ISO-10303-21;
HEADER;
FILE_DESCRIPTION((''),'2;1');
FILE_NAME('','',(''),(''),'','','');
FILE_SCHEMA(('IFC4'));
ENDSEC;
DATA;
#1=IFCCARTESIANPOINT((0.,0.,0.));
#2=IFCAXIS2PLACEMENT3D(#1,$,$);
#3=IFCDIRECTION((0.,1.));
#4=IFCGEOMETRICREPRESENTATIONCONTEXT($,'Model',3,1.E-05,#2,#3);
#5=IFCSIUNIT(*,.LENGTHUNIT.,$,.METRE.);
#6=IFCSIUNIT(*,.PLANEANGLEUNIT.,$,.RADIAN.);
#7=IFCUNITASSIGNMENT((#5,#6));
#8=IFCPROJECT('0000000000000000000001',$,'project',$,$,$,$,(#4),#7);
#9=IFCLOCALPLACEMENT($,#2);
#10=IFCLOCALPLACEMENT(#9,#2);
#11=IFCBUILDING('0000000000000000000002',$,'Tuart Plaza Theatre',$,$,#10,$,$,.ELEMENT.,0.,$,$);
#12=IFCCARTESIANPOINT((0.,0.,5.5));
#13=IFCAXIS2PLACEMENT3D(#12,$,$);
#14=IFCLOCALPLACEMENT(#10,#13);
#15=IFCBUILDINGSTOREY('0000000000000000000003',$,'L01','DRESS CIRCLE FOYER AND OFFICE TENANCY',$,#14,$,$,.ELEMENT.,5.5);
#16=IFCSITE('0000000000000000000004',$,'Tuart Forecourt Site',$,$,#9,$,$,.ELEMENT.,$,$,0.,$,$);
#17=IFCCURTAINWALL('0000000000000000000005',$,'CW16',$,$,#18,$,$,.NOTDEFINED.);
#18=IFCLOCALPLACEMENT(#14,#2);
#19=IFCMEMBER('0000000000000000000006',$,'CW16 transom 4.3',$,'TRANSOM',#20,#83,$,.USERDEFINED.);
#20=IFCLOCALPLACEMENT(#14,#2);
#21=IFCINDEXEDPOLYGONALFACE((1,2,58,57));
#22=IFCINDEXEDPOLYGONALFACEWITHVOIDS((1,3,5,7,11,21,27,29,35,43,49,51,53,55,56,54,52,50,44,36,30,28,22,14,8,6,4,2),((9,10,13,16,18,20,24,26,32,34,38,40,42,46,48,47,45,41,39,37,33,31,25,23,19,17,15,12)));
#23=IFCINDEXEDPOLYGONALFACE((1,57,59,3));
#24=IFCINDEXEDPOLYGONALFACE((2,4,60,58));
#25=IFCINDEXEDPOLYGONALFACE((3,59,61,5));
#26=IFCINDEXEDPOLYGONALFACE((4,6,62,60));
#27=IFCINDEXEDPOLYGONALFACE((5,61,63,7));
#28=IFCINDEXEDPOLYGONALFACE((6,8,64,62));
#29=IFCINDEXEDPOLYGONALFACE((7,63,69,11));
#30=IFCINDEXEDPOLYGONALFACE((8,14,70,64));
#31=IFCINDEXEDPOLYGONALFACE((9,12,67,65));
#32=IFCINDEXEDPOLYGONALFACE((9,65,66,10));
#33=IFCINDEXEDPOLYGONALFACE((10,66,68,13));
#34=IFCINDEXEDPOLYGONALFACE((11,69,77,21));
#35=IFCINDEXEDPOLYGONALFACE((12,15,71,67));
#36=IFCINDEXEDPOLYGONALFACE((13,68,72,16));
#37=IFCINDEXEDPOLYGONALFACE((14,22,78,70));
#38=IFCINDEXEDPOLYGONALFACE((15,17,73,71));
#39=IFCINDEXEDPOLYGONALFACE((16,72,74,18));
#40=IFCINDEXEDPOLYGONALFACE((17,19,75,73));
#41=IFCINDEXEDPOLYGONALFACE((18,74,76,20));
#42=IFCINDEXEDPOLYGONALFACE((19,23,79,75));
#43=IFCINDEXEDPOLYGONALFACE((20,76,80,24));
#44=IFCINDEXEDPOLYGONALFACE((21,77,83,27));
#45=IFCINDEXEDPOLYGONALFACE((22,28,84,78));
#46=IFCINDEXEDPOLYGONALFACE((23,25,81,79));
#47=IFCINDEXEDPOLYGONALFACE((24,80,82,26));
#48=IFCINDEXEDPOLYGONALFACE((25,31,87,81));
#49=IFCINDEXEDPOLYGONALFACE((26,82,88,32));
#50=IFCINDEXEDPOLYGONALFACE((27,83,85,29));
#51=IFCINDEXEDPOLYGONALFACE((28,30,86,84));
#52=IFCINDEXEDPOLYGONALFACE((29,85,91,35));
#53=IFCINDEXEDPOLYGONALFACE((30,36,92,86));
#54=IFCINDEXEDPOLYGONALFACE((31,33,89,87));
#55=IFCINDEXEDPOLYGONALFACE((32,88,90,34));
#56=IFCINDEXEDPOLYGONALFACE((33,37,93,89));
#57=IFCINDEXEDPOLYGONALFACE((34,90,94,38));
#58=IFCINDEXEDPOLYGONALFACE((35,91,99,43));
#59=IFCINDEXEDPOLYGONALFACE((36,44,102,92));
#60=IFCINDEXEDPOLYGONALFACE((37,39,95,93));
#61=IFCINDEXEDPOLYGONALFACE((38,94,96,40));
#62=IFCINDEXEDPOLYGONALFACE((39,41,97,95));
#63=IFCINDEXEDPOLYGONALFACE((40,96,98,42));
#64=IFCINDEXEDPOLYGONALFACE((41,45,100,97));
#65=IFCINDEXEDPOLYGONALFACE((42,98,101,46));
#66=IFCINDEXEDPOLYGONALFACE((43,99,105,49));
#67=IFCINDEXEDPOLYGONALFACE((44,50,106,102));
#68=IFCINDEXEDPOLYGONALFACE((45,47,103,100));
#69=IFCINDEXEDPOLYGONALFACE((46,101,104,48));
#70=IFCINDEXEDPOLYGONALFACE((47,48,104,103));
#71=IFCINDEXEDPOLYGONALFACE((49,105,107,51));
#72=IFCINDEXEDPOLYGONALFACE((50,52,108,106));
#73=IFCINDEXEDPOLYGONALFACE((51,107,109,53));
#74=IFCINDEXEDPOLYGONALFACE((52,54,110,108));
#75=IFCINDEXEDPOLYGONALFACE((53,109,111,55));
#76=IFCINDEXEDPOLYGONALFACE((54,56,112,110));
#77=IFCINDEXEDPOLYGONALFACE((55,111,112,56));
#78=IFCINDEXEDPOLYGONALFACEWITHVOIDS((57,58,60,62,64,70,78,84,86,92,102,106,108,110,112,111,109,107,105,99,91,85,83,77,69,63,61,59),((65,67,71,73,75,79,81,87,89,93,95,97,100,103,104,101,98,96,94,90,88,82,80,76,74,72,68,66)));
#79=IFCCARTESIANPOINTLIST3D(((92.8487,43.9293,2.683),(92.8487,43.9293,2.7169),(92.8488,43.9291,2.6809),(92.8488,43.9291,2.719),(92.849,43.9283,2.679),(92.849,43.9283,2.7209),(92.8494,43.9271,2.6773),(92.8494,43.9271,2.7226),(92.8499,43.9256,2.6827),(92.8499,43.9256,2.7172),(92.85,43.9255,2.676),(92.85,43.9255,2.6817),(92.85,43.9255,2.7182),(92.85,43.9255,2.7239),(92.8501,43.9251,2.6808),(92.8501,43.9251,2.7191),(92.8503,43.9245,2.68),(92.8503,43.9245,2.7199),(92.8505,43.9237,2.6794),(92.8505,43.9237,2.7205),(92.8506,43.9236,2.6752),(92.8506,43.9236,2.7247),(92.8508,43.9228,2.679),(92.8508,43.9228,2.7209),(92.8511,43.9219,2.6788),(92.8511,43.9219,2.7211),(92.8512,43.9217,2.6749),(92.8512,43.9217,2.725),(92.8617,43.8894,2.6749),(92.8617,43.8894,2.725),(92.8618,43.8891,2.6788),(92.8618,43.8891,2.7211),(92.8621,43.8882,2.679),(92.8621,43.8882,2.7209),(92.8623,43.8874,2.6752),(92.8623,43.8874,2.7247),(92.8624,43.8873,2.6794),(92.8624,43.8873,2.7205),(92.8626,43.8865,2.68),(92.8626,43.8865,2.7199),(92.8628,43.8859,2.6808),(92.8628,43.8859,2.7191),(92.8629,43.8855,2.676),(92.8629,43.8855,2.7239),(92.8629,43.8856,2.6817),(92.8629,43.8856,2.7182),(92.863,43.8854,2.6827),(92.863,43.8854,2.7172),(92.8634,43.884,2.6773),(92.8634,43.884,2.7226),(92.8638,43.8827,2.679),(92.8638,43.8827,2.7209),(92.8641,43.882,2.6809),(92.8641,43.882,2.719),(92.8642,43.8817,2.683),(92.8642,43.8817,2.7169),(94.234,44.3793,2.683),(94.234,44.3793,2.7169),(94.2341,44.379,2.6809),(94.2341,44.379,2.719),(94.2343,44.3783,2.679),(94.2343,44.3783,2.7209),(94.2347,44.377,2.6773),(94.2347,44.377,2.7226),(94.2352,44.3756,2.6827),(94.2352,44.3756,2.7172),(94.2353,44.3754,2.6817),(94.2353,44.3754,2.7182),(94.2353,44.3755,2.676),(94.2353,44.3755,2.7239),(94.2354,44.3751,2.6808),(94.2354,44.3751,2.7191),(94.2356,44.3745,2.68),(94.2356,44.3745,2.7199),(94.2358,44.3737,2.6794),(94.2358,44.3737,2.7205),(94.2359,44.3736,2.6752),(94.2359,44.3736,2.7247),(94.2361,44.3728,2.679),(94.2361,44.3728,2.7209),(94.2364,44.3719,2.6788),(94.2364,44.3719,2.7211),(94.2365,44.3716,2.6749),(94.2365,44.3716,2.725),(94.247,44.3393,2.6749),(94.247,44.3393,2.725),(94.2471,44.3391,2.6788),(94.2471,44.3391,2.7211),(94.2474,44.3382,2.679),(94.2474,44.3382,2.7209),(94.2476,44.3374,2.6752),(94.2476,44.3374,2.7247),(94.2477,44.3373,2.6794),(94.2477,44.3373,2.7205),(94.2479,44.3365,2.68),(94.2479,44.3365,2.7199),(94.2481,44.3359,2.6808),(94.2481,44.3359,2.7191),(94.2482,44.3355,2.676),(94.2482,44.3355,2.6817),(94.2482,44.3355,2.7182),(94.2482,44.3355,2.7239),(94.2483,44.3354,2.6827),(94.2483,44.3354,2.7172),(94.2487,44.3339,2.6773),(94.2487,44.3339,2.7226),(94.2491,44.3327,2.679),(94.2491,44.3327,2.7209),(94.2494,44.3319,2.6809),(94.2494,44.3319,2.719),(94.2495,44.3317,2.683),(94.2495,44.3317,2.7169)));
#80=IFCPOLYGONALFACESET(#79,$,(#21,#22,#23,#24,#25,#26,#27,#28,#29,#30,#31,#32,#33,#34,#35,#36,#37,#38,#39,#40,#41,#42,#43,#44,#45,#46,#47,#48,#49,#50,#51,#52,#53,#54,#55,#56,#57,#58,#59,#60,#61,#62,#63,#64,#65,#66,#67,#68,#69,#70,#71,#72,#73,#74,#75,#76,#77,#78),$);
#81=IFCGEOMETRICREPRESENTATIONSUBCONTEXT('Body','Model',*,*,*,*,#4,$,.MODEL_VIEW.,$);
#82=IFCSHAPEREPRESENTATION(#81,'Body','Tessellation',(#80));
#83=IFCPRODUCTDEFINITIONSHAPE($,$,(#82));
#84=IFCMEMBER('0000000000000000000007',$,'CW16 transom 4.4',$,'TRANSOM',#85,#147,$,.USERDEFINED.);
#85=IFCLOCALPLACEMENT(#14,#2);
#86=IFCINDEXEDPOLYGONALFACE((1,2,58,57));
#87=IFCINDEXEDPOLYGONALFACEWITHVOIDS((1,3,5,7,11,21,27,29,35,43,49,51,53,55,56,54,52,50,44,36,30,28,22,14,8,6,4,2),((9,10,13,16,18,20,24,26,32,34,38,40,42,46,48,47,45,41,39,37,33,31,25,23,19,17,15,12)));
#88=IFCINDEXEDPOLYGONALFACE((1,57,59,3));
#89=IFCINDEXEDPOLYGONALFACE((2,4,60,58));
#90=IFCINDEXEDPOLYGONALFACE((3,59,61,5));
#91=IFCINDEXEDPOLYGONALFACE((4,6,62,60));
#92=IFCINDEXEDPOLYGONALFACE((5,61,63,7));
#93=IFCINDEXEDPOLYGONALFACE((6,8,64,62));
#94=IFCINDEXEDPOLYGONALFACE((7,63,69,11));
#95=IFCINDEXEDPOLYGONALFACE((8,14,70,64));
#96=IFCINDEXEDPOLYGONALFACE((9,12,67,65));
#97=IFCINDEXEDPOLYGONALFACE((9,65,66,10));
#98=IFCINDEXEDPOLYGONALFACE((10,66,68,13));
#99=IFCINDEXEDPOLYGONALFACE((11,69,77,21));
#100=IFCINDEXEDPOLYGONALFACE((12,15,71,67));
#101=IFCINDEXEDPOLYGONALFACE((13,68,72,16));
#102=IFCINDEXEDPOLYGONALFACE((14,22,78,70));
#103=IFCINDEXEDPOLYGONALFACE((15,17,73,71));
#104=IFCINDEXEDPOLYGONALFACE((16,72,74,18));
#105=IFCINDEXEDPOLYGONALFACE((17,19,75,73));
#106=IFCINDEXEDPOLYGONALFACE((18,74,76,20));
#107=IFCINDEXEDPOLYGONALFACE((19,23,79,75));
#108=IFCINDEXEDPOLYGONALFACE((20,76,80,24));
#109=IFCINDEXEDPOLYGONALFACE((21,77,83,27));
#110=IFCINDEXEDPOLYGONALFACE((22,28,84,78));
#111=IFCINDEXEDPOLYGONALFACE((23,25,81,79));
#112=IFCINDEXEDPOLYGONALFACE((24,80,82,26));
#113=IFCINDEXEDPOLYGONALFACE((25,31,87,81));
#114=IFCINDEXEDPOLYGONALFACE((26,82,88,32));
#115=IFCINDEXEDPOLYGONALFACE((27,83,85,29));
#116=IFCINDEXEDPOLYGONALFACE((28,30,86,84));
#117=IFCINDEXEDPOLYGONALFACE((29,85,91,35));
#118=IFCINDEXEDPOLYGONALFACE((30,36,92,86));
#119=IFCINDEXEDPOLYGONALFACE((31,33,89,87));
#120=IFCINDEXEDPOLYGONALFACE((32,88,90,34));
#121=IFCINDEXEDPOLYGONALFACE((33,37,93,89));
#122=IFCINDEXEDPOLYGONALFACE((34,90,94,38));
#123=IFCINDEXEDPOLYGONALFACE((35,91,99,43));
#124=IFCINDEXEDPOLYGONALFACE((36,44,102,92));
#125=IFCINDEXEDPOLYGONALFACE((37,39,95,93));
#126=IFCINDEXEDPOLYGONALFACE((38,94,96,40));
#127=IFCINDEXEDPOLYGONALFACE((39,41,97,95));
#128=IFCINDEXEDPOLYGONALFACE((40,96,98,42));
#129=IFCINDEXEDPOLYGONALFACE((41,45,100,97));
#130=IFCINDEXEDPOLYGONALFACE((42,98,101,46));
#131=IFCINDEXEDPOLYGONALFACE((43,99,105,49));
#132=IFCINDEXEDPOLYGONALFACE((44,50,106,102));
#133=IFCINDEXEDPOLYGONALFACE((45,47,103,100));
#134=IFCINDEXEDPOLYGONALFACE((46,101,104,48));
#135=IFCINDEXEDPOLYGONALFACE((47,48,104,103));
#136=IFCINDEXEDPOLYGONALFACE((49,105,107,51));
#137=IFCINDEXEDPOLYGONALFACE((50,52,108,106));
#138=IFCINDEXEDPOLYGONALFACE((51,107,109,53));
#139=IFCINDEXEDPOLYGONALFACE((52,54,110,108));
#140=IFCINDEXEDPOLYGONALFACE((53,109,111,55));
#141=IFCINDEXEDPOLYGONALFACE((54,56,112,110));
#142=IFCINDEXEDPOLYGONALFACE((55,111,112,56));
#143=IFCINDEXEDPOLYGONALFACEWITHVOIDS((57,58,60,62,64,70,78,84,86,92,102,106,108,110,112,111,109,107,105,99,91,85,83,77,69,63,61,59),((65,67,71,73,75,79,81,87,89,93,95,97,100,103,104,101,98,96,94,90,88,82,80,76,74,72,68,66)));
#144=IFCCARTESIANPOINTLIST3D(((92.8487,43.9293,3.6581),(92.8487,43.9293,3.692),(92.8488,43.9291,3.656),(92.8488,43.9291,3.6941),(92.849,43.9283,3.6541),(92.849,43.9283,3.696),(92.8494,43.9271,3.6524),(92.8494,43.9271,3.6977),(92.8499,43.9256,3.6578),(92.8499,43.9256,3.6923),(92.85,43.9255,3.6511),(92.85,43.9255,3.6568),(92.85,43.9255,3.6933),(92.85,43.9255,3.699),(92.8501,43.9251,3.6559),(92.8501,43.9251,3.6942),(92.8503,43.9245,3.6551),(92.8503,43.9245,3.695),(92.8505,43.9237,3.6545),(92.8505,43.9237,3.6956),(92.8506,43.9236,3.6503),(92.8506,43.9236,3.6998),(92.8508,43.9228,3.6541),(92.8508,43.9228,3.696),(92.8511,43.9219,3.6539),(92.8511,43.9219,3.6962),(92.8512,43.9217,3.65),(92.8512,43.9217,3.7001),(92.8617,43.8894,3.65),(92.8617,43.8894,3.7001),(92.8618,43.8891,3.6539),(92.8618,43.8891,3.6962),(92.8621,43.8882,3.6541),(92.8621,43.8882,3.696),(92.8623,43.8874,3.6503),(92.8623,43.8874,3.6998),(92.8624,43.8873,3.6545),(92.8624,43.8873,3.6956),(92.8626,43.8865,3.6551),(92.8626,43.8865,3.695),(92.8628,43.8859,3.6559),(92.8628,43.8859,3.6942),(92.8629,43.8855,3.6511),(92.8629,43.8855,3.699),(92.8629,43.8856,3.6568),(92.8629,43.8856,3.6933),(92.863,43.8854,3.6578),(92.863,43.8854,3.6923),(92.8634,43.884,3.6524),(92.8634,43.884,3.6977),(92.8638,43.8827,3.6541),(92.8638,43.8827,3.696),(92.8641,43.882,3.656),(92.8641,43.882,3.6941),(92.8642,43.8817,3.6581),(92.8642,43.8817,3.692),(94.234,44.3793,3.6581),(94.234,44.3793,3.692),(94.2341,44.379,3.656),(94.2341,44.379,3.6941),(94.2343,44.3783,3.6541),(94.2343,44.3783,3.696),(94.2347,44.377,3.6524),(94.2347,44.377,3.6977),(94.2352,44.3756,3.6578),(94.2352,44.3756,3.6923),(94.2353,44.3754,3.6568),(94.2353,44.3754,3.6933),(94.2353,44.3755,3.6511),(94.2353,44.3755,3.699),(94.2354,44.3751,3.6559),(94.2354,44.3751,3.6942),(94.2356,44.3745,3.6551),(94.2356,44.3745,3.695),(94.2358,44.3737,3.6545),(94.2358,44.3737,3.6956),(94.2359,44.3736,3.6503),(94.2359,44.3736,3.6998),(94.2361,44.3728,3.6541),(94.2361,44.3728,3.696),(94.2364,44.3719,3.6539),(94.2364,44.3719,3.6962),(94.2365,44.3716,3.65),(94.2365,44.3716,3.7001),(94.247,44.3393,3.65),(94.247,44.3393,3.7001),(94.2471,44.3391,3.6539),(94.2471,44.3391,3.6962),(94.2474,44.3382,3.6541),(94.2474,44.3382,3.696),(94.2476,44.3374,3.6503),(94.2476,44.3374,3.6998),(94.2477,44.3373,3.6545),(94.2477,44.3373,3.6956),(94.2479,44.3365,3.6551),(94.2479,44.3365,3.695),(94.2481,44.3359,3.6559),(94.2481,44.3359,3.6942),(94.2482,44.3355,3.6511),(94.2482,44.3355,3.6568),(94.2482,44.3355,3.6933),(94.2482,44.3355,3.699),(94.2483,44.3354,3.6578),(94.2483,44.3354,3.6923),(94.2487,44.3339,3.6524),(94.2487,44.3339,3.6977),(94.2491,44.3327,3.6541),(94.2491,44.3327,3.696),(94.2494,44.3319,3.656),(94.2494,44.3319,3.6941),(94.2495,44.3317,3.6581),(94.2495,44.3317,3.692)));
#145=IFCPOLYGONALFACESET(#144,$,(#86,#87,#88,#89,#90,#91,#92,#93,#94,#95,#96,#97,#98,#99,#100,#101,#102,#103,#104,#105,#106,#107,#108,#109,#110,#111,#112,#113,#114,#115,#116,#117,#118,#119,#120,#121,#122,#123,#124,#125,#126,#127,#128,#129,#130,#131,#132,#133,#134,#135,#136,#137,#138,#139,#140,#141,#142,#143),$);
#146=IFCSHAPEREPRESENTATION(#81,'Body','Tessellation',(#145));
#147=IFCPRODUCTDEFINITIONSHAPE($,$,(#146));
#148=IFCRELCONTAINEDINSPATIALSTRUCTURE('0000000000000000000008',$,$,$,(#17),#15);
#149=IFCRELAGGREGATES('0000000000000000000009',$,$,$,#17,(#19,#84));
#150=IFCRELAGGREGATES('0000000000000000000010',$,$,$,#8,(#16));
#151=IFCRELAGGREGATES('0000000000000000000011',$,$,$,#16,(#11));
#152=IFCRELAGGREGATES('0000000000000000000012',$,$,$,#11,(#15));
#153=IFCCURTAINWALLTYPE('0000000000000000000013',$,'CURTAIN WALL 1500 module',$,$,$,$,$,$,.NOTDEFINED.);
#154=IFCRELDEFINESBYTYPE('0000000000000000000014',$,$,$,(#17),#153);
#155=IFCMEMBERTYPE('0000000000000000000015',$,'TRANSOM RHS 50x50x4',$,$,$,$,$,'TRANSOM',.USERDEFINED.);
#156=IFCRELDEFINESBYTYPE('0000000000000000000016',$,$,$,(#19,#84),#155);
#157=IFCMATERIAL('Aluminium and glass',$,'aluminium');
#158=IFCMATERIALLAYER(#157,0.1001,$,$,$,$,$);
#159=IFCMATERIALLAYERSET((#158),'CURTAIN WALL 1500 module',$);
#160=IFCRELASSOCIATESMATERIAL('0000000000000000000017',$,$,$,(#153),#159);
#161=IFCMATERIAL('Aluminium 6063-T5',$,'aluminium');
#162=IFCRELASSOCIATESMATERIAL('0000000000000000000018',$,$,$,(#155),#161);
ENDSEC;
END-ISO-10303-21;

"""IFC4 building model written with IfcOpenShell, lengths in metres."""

from ifc_helpers import new_model, si_unit, direction, frame, origin, origin_2d, place, context, subcontext, project, spatial, hollow_rectangle, extrude, material, layer, layer_set, material_profile, profile_set, type_object, element, aggregate, save


model = new_model("IFC4")

# Units and contexts
model_context = context("Model", 3, precision=1e-05, world=origin(), true_north=direction((0.0, 1.0)))
body_context = subcontext(model_context, "Body", "Model", "MODEL_VIEW")
ifc_project = project(units=[si_unit("LENGTHUNIT", "METRE"), si_unit("PLANEANGLEUNIT", "RADIAN")], contexts=[model_context])

# Site, building, storey
site_placement = place(None, origin())
site = spatial("IfcSite", under=ifc_project, at=site_placement, Name="Tuart Forecourt Site", CompositionType="ELEMENT", RefElevation=0.0)
building_placement = place(site_placement, origin())
building = spatial("IfcBuilding", under=site, at=building_placement, Name="Tuart Plaza Theatre", CompositionType="ELEMENT", ElevationOfRefHeight=0.0)
storey_placement = place(building_placement, frame((0.0, 0.0, 5.5)))
storey = spatial("IfcBuildingStorey", under=building, at=storey_placement, Name="L01", Description="DRESS CIRCLE FOYER AND OFFICE TENANCY", CompositionType="ELEMENT", Elevation=5.5)

# Curtain wall
ifc_material_1 = material(Name="Aluminium and glass", Category="aluminium")
ifc_layer_1 = layer(ifc_material_1, 0.1001)
ifc_layer_set_1 = layer_set([ifc_layer_1], Name="CURTAIN WALL 1500 module")
curtain_wall_type = type_object("IfcCurtainWallType", Name="CURTAIN WALL 1500 module", PredefinedType="NOTDEFINED", material=ifc_layer_set_1)
curtain_wall_1_placement = place(storey_placement, origin())
curtain_wall_1 = element("IfcCurtainWall", 1, at=curtain_wall_1_placement, inside=storey, type_object=curtain_wall_type, Name="CW16", PredefinedType="NOTDEFINED")

# Members
ifc_material_2 = material(Name="Aluminium 6063-T5", Category="aluminium")
ifc_material_profile_1 = material_profile(ifc_material_2, hollow_rectangle(XDim=0.05, YDim=0.05, WallThickness=0.0039, InnerFilletRadius=0.0039, OuterFilletRadius=0.0081, at=origin_2d()), Name="RHS 50x50x4")
ifc_profile_set_1 = profile_set([ifc_material_profile_1], Name="Aluminium 6063-T5")
member_type_1 = type_object("IfcMemberType", Name="TRANSOM RHS 50x50x4", ElementType="TRANSOM", PredefinedType="USERDEFINED", material=ifc_profile_set_1)
member_1_placement = place(storey_placement, frame((92.8564, 43.9055, 2.7), z_axis=(0.951086, 0.308927, 0.0), x_axis=(-0.308927, 0.951086, 0.0)))
member_1 = element("IfcMember", 2, at=member_1_placement, type_object=member_type_1, Name="CW16 transom 4.3", ObjectType="TRANSOM", PredefinedType="USERDEFINED", context=body_context, shape_type="SweptSolid", body=[
    extrude(hollow_rectangle(XDim=0.05, YDim=0.05, WallThickness=0.0039, InnerFilletRadius=0.0039, OuterFilletRadius=0.0081, at=origin_2d()), origin(), (0.0, 0.0, 1.0), 1.4565),
])
member_2_placement = place(storey_placement, frame((92.8564, 43.9055, 3.675), z_axis=(0.951086, 0.308927, 0.0), x_axis=(-0.308927, 0.951086, 0.0)))
member_2 = element("IfcMember", 3, at=member_2_placement, type_object=member_type_1, Name="CW16 transom 4.4", ObjectType="TRANSOM", PredefinedType="USERDEFINED", context=body_context, shape_type="SweptSolid", body=[
    extrude(hollow_rectangle(XDim=0.05, YDim=0.05, WallThickness=0.0039, InnerFilletRadius=0.0039, OuterFilletRadius=0.0081, at=origin_2d()), origin(), (0.0, 0.0, 1.0), 1.4565),
])

aggregate(curtain_wall_1, [member_1, member_2])

save(model, "model.ifc")
